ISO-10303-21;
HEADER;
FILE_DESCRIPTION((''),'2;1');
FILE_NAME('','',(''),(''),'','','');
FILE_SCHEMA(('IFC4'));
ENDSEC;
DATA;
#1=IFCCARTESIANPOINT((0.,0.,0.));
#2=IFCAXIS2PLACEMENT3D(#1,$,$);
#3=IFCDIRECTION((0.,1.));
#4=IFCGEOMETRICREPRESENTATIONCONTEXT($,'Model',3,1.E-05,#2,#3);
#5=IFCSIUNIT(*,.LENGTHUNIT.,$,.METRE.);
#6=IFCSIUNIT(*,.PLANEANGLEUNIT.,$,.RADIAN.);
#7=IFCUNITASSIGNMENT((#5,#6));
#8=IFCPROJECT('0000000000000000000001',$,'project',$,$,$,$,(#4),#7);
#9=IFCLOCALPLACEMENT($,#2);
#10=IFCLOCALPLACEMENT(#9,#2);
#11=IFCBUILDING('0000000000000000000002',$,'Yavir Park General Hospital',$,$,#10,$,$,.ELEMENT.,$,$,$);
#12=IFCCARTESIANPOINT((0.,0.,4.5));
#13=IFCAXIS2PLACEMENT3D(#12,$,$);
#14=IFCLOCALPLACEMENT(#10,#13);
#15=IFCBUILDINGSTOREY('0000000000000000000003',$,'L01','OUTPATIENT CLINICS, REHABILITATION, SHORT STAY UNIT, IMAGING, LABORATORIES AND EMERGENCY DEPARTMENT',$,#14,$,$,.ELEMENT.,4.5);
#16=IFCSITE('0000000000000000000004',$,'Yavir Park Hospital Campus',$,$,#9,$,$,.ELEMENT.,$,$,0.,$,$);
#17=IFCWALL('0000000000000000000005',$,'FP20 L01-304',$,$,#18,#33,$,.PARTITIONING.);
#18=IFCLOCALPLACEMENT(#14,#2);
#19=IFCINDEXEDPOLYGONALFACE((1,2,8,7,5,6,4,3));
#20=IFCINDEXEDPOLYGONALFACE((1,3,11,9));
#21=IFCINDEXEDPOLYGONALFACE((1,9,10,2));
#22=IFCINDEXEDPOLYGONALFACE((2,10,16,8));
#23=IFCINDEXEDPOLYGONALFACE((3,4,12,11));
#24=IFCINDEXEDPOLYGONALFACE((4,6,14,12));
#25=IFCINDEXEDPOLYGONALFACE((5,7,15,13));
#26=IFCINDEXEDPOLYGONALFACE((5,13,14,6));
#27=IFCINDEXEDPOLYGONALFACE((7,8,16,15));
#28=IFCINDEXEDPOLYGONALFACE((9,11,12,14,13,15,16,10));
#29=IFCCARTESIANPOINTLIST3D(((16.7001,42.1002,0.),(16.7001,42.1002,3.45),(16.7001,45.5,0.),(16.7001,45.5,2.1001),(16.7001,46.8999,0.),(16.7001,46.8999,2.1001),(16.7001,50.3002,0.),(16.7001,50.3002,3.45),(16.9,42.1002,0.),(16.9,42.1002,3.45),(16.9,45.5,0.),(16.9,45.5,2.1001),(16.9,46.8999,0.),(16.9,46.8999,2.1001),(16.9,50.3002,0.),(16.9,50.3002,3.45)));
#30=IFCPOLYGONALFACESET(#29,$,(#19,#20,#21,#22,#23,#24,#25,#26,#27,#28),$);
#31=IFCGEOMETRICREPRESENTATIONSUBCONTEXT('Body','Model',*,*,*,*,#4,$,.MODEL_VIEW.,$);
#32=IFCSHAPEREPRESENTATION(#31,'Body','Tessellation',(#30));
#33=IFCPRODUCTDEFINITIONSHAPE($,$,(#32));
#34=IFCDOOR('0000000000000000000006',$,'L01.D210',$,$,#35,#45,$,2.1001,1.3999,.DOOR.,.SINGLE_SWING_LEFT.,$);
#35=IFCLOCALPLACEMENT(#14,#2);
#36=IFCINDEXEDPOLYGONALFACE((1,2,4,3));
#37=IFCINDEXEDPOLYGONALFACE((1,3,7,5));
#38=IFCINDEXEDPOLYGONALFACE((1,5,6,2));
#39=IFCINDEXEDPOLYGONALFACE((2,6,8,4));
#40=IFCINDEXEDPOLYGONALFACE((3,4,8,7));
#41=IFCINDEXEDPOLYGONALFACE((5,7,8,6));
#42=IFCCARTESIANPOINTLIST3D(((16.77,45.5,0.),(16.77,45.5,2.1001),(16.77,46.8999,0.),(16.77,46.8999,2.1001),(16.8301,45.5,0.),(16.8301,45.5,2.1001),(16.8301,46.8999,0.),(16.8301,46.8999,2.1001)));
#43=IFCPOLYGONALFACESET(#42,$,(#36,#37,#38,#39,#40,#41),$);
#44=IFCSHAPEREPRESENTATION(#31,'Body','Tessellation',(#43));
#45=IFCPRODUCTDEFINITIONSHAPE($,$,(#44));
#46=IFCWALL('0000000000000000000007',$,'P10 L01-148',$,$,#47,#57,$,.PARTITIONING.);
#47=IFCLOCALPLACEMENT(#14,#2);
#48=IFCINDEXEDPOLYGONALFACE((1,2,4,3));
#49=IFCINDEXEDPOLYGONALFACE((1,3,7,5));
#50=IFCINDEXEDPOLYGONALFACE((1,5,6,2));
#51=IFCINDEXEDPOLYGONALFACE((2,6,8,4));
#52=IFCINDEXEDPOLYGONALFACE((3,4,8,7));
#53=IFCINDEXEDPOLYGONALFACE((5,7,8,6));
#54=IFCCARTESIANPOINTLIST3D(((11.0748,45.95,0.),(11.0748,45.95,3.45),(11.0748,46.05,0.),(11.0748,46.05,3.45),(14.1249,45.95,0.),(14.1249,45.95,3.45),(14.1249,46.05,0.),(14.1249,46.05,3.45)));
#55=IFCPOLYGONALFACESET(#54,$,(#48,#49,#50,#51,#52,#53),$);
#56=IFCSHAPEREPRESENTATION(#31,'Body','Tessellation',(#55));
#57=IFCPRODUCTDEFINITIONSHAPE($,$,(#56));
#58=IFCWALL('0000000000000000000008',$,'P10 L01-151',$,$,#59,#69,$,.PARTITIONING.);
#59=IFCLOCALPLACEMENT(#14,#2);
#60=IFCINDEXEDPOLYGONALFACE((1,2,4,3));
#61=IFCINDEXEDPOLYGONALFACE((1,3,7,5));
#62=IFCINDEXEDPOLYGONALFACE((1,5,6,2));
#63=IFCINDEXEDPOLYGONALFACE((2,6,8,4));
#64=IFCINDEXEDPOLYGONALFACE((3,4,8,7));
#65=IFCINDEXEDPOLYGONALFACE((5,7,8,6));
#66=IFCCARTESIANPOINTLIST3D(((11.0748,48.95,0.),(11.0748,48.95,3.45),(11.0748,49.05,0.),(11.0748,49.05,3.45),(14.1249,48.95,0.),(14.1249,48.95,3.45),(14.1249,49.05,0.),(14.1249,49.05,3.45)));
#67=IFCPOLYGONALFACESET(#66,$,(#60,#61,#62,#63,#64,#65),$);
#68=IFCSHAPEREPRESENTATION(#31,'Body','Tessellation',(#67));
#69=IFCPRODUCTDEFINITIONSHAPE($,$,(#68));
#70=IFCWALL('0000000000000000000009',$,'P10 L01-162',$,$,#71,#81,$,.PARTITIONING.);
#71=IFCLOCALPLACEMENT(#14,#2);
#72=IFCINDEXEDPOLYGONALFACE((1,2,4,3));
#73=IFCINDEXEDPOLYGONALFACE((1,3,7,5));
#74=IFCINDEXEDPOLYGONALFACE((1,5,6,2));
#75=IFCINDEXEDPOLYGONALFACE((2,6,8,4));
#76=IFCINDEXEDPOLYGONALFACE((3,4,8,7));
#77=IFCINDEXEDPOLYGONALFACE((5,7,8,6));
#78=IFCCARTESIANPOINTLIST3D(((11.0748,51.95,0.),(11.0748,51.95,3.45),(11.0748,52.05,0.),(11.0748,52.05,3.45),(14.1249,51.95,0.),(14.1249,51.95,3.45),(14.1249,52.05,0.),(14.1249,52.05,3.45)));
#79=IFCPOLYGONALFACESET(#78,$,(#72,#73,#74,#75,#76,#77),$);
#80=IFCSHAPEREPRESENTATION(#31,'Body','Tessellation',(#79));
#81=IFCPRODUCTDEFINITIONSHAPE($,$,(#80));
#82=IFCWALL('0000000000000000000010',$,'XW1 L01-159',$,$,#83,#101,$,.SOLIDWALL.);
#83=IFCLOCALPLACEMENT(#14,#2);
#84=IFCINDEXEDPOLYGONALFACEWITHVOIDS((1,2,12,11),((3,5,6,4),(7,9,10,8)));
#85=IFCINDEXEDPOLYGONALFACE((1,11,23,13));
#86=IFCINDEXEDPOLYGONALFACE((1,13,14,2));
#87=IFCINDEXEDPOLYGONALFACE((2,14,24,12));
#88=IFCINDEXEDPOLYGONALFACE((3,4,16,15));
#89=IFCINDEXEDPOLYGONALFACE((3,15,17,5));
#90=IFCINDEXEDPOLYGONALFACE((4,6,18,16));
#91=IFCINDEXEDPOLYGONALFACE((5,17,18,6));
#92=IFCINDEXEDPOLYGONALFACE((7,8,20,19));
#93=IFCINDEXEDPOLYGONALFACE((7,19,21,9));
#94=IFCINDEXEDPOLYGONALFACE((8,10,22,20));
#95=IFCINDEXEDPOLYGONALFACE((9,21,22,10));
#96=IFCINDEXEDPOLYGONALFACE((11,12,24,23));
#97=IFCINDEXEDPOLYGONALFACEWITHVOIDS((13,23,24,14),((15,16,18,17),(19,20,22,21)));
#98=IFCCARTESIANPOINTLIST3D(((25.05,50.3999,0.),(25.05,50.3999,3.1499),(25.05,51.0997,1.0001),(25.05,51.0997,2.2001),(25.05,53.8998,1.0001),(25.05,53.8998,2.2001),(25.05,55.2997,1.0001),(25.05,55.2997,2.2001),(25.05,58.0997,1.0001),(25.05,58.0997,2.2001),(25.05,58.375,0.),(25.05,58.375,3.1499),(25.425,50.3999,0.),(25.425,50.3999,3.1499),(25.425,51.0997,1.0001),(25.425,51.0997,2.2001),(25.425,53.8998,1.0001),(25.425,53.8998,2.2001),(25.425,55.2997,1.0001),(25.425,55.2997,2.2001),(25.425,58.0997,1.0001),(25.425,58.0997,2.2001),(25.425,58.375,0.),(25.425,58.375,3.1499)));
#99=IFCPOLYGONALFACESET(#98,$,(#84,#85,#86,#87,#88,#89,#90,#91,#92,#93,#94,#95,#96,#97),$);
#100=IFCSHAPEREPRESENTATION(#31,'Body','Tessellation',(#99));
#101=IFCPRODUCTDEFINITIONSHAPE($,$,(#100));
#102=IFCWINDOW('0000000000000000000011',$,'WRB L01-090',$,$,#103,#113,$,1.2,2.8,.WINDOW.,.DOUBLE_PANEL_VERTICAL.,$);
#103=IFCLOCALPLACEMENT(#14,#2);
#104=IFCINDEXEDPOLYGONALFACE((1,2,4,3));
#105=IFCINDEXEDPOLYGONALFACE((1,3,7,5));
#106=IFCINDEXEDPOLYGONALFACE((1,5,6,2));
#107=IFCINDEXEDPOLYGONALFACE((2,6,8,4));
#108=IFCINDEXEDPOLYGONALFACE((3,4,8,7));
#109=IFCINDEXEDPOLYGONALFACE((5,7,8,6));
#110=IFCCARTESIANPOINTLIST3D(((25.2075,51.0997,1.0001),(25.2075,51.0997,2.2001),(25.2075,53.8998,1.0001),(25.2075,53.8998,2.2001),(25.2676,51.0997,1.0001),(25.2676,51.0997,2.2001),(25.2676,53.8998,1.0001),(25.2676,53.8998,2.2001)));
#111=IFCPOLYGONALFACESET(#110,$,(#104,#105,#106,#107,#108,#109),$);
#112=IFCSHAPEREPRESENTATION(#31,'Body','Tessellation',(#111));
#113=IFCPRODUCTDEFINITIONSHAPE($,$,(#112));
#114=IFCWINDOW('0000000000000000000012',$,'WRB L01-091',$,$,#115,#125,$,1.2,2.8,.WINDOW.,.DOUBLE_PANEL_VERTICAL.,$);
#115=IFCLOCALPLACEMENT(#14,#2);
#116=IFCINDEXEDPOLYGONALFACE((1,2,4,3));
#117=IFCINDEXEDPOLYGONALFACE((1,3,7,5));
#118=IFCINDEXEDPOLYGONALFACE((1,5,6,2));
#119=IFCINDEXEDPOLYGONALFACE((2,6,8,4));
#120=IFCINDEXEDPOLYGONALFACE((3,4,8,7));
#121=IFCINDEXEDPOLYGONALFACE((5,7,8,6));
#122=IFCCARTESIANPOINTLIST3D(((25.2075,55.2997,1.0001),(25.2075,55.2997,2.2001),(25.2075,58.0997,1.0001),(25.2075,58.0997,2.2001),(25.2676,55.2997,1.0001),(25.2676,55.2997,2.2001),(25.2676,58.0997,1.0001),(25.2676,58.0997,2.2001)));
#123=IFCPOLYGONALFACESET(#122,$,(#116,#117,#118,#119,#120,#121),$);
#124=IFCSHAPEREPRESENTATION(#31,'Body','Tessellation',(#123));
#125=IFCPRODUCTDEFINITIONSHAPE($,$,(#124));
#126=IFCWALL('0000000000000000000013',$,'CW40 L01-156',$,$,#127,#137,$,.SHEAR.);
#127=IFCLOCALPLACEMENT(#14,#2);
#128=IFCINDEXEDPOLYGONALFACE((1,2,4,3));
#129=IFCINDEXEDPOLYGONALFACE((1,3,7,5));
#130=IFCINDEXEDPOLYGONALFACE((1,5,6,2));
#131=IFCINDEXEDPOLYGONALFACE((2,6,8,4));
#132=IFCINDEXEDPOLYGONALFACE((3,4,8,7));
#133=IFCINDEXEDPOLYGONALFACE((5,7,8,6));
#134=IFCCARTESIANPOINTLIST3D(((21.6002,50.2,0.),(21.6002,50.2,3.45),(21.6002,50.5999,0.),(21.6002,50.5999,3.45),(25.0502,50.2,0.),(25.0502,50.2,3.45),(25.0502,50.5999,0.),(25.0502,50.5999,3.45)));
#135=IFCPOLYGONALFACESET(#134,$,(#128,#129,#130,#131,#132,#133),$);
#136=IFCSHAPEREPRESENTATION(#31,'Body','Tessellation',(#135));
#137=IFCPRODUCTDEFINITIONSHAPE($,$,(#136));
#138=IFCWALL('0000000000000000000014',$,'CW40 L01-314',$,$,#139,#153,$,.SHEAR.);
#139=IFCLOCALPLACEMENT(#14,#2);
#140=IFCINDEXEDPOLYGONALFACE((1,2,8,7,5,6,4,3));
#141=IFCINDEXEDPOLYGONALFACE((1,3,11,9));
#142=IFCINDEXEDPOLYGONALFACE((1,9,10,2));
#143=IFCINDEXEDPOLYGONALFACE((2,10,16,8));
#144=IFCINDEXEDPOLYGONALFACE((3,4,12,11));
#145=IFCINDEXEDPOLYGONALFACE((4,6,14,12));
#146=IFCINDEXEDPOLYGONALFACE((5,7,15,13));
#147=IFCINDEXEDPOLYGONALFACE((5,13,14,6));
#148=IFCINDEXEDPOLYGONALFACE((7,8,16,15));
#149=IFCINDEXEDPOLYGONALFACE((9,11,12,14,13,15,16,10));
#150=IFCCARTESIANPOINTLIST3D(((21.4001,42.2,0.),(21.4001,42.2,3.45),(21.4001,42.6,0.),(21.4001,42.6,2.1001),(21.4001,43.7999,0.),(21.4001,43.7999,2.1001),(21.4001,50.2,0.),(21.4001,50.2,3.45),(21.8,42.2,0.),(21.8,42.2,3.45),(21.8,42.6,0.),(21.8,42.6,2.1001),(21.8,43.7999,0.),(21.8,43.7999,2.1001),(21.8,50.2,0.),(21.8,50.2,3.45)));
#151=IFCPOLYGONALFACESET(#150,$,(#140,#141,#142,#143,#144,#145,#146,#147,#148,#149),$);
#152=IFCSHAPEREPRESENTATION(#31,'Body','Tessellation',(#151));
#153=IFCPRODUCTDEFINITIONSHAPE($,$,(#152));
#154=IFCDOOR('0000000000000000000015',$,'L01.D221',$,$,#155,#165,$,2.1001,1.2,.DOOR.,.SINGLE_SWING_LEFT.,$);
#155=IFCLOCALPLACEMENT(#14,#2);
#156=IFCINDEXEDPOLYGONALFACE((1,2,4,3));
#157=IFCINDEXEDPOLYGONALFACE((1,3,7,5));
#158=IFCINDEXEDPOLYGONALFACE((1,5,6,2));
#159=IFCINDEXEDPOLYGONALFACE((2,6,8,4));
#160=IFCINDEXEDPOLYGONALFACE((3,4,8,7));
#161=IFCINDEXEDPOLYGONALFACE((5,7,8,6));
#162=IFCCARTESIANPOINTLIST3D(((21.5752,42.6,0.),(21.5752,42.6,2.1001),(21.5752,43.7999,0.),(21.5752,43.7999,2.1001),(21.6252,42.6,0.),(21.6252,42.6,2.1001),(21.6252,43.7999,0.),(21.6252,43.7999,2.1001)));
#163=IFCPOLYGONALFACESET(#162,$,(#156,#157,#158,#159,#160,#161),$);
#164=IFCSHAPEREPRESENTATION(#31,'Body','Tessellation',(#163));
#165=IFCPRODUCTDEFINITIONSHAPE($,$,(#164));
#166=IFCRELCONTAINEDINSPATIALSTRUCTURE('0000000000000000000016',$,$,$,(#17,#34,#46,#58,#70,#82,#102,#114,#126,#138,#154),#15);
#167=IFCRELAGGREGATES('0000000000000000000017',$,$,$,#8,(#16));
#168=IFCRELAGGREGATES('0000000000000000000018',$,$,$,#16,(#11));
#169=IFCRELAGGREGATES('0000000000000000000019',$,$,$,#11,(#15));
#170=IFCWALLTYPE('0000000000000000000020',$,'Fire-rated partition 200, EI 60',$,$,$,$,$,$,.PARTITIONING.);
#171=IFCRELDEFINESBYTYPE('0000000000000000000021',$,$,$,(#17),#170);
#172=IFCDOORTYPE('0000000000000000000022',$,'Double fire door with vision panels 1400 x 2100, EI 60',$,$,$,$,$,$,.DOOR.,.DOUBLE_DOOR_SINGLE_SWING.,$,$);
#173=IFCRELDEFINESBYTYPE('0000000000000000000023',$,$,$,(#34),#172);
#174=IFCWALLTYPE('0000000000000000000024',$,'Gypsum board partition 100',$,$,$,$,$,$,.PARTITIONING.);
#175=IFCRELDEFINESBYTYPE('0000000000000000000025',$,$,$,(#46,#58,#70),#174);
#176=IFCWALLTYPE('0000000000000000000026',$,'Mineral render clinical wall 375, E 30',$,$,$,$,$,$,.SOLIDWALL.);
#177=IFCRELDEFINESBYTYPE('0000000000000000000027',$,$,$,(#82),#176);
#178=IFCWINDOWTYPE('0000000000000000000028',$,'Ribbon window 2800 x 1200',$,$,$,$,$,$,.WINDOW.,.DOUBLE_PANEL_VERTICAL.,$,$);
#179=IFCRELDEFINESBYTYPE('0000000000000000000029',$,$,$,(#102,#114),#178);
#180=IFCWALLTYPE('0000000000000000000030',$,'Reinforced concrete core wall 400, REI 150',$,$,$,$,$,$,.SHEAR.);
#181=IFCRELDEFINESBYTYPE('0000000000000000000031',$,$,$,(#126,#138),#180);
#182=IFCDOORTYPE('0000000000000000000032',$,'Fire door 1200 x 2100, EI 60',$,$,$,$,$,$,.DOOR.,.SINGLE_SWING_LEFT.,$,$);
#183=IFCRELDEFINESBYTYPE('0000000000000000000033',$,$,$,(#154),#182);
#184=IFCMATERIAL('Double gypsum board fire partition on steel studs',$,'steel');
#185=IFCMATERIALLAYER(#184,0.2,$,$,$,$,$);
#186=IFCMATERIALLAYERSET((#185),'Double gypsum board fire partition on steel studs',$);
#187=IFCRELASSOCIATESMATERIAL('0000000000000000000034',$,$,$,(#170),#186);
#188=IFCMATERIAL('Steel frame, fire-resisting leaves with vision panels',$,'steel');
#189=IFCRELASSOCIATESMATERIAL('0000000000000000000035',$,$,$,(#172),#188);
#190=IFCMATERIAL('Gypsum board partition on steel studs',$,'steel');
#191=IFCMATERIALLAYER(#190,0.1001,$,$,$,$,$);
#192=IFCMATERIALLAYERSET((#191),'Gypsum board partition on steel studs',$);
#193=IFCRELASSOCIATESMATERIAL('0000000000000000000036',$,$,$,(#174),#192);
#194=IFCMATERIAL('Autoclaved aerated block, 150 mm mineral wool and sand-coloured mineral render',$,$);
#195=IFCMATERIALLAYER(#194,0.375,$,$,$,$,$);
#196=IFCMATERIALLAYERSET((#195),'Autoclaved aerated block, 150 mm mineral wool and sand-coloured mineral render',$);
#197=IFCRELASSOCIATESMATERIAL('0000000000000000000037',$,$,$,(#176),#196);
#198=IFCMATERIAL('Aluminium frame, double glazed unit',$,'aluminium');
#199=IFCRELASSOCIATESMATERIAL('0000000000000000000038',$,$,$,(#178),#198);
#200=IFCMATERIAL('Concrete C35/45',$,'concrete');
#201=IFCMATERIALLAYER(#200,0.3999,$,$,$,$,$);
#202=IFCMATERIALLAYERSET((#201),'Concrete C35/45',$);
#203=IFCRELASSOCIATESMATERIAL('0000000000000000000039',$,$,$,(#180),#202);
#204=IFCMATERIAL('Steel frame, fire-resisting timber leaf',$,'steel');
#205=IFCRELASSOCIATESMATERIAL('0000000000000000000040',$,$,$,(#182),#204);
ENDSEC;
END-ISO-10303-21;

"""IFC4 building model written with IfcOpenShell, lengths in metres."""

from ifc_helpers import new_model, si_unit, direction, frame, frame_2d, origin, place, context, subcontext, project, spatial, rectangle, extrude, material, layer, layer_set, type_object, element, fill, save


model = new_model("IFC4")

# Units and contexts
model_context = context("Model", 3, precision=1e-05, world=origin(), true_north=direction((0.0, 1.0)))
body_context = subcontext(model_context, "Body", "Model", "MODEL_VIEW")
ifc_project = project(units=[si_unit("LENGTHUNIT", "METRE"), si_unit("PLANEANGLEUNIT", "RADIAN")], contexts=[model_context])

# Site, building, storey
site_placement = place(None, origin())
site = spatial("IfcSite", under=ifc_project, at=site_placement, Name="Yavir Park Hospital Campus", CompositionType="ELEMENT", RefElevation=0.0)
building_placement = place(site_placement, origin())
building = spatial("IfcBuilding", under=site, at=building_placement, Name="Yavir Park General Hospital", CompositionType="ELEMENT")
storey_placement = place(building_placement, frame((0.0, 0.0, 4.5)))
storey = spatial("IfcBuildingStorey", under=building, at=storey_placement, Name="L01", Description="OUTPATIENT CLINICS, REHABILITATION, SHORT STAY UNIT, IMAGING, LABORATORIES AND EMERGENCY DEPARTMENT", CompositionType="ELEMENT", Elevation=4.5)

# Shared definitions
ifc_material_1 = material(Name="Double gypsum board fire partition on steel studs", Category="steel")
ifc_layer_1 = layer(ifc_material_1, 0.2)
ifc_layer_set_1 = layer_set([ifc_layer_1], Name="Double gypsum board fire partition on steel studs")
wall_type_1 = type_object("IfcWallType", Name="Fire-rated partition 200, EI 60", PredefinedType="PARTITIONING", material=ifc_layer_set_1)

# Wall, opening, door
wall_1_placement = place(storey_placement, frame((16.8, 42.1001, 0.0), z_axis=(0.0, 0.0, 1.0), x_axis=(0.0, 1.0, 0.0)))
wall_1 = element("IfcWall", 1, at=wall_1_placement, inside=storey, type_object=wall_type_1, Name="FP20 L01-304", PredefinedType="PARTITIONING", context=body_context, shape_type="SweptSolid", body=[
    extrude(rectangle(XDim=8.2, YDim=0.2, at=frame_2d((4.1001, 0.0))), origin(), (0.0, 0.0, 1.0), 3.45),
])
opening_1_placement = place(wall_1_placement, frame((3.3999, 0.0, 0.0)))
opening_1 = element("IfcOpeningElement", 2, at=opening_1_placement, cuts=wall_1, PredefinedType="OPENING", context=body_context, shape_type="SweptSolid", body=[
    extrude(rectangle(XDim=1.3999, YDim=2.1001, at=frame_2d((0.7, 1.05))), frame((0.0, 0.1099, 0.0), z_axis=(0.0, -1.0, 0.0), x_axis=(1.0, 0.0, 0.0)), (0.0, 0.0, 1.0), 0.22),
])
ifc_material_2 = material(Name="Steel frame, fire-resisting leaves with vision panels", Category="steel")
door_type_1 = type_object("IfcDoorType", Name="Double fire door with vision panels 1400 x 2100, EI 60", OperationType="DOUBLE_DOOR_SINGLE_SWING", PredefinedType="DOOR", material=ifc_material_2)
door_1_placement = place(opening_1_placement, origin())
door_1 = element("IfcDoor", 3, at=door_1_placement, inside=storey, type_object=door_type_1, Name="L01.D210", OperationType="SINGLE_SWING_LEFT", OverallHeight=2.1001, OverallWidth=1.3999, PredefinedType="DOOR", context=body_context, shape_type="SweptSolid", body=[
    extrude(rectangle(XDim=1.3999, YDim=2.1001, at=frame_2d((0.7, 1.05))), frame((0.0, 0.03, 0.0), z_axis=(0.0, -1.0, 0.0), x_axis=(1.0, 0.0, 0.0)), (0.0, 0.0, 1.0), 0.0601),
])
fill(opening_1, door_1)

# Walls
ifc_material_3 = material(Name="Gypsum board partition on steel studs", Category="steel")
ifc_layer_2 = layer(ifc_material_3, 0.1001)
ifc_layer_set_2 = layer_set([ifc_layer_2], Name="Gypsum board partition on steel studs")
wall_type_2 = type_object("IfcWallType", Name="Gypsum board partition 100", PredefinedType="PARTITIONING", material=ifc_layer_set_2)
for number, where, z_axis, x_axis, name in (
    (4, (11.075, 46.0, 0.0), (0.0, 0.0, 1.0), (1.0, 0.0, 0.0), "P10 L01-148"),
    (5, (11.075, 49.0, 0.0), (0.0, 0.0, 1.0), (1.0, 0.0, 0.0), "P10 L01-151"),
    (6, (11.075, 52.0, 0.0), (0.0, 0.0, 1.0), (1.0, 0.0, 0.0), "P10 L01-162"),
):
    element("IfcWall", number, at=place(storey_placement, frame(where, z_axis=z_axis, x_axis=x_axis)), inside=storey, type_object=wall_type_2, Name=name, PredefinedType="PARTITIONING", context=body_context, shape_type="SweptSolid", body=[
        extrude(rectangle(XDim=3.05, YDim=0.1001, at=frame_2d((1.5249, 0.0))), origin(), (0.0, 0.0, 1.0), 3.45),
    ])

# Wall, openings, windows
ifc_material_4 = material(Name="Autoclaved aerated block, 150 mm mineral wool and sand-coloured mineral render")
ifc_layer_3 = layer(ifc_material_4, 0.375)
ifc_layer_set_3 = layer_set([ifc_layer_3], Name="Autoclaved aerated block, 150 mm mineral wool and sand-coloured mineral render")
wall_type_3 = type_object("IfcWallType", Name="Mineral render clinical wall 375, E 30", PredefinedType="SOLIDWALL", material=ifc_layer_set_3)
wall_2_placement = place(storey_placement, frame((25.2375, 50.3999, 0.0), z_axis=(0.0, 0.0, 1.0), x_axis=(0.0, 1.0, 0.0)))
wall_2 = element("IfcWall", 7, at=wall_2_placement, inside=storey, type_object=wall_type_3, Name="XW1 L01-159", PredefinedType="SOLIDWALL", context=body_context, shape_type="SweptSolid", body=[
    extrude(rectangle(XDim=7.9751, YDim=0.375, at=frame_2d((3.9875, 0.0))), origin(), (0.0, 0.0, 1.0), 3.1499),
])
opening_2_placement = place(wall_2_placement, frame((0.7, 0.0, 1.0)))
opening_2 = element("IfcOpeningElement", 8, at=opening_2_placement, cuts=wall_2, PredefinedType="OPENING", context=body_context, shape_type="SweptSolid", body=[
    extrude(rectangle(XDim=2.8, YDim=1.2, at=frame_2d((1.3999, 0.6001))), frame((0.0, 0.1975, 0.0), z_axis=(0.0, -1.0, 0.0), x_axis=(1.0, 0.0, 0.0)), (0.0, 0.0, 1.0), 0.395),
])
opening_3_placement = place(wall_2_placement, frame((4.8999, 0.0, 1.0)))
opening_3 = element("IfcOpeningElement", 9, at=opening_3_placement, cuts=wall_2, PredefinedType="OPENING", context=body_context, shape_type="SweptSolid", body=[
    extrude(rectangle(XDim=2.8, YDim=1.2, at=frame_2d((1.3999, 0.6001))), frame((0.0, 0.1975, 0.0), z_axis=(0.0, -1.0, 0.0), x_axis=(1.0, 0.0, 0.0)), (0.0, 0.0, 1.0), 0.395),
])
ifc_material_5 = material(Name="Aluminium frame, double glazed unit", Category="aluminium")
window_type = type_object("IfcWindowType", Name="Ribbon window 2800 x 1200", PartitioningType="DOUBLE_PANEL_VERTICAL", PredefinedType="WINDOW", material=ifc_material_5)
window_1_placement = place(opening_2_placement, origin())
window_1 = element("IfcWindow", 10, at=window_1_placement, inside=storey, type_object=window_type, Name="WRB L01-090", OverallHeight=1.2, OverallWidth=2.8, PartitioningType="DOUBLE_PANEL_VERTICAL", PredefinedType="WINDOW", context=body_context, shape_type="SweptSolid", body=[
    extrude(rectangle(XDim=2.8, YDim=1.2, at=frame_2d((1.3999, 0.6001))), frame((0.0, 0.03, 0.0), z_axis=(0.0, -1.0, 0.0), x_axis=(1.0, 0.0, 0.0)), (0.0, 0.0, 1.0), 0.0601),
])
fill(opening_2, window_1)
window_2_placement = place(opening_3_placement, origin())
window_2 = element("IfcWindow", 11, at=window_2_placement, inside=storey, type_object=window_type, Name="WRB L01-091", OverallHeight=1.2, OverallWidth=2.8, PartitioningType="DOUBLE_PANEL_VERTICAL", PredefinedType="WINDOW", context=body_context, shape_type="SweptSolid", body=[
    extrude(rectangle(XDim=2.8, YDim=1.2, at=frame_2d((1.3999, 0.6001))), frame((0.0, 0.03, 0.0), z_axis=(0.0, -1.0, 0.0), x_axis=(1.0, 0.0, 0.0)), (0.0, 0.0, 1.0), 0.0601),
])
fill(opening_3, window_2)

# Wall
ifc_material_6 = material(Name="Concrete C35/45", Category="concrete")
ifc_layer_4 = layer(ifc_material_6, 0.3999)
ifc_layer_set_4 = layer_set([ifc_layer_4], Name="Concrete C35/45")
wall_type_4 = type_object("IfcWallType", Name="Reinforced concrete core wall 400, REI 150", PredefinedType="SHEAR", material=ifc_layer_set_4)
wall_3_placement = place(storey_placement, frame((21.6001, 50.3999, 0.0), z_axis=(0.0, 0.0, 1.0), x_axis=(1.0, 0.0, 0.0)))
element("IfcWall", 12, at=wall_3_placement, inside=storey, type_object=wall_type_4, Name="CW40 L01-156", PredefinedType="SHEAR", context=body_context, shape_type="SweptSolid", body=[
    extrude(rectangle(XDim=3.45, YDim=0.3999, at=frame_2d((1.7251, 0.0))), origin(), (0.0, 0.0, 1.0), 3.45),
])

# Wall, opening, door
wall_4_placement = place(storey_placement, frame((21.6001, 42.2, 0.0), z_axis=(0.0, 0.0, 1.0), x_axis=(0.0, 1.0, 0.0)))
wall_4 = element("IfcWall", 13, at=wall_4_placement, inside=storey, type_object=wall_type_4, Name="CW40 L01-314", PredefinedType="SHEAR", context=body_context, shape_type="SweptSolid", body=[
    extrude(rectangle(XDim=8.0, YDim=0.3999, at=frame_2d((4.0, 0.0))), origin(), (0.0, 0.0, 1.0), 3.45),
])
opening_4_placement = place(wall_4_placement, frame((0.3999, 0.0, 0.0)))
opening_4 = element("IfcOpeningElement", 14, at=opening_4_placement, cuts=wall_4, PredefinedType="OPENING", context=body_context, shape_type="SweptSolid", body=[
    extrude(rectangle(XDim=1.2, YDim=2.1001, at=frame_2d((0.6001, 1.05))), frame((0.0, 0.21, 0.0), z_axis=(0.0, -1.0, 0.0), x_axis=(1.0, 0.0, 0.0)), (0.0, 0.0, 1.0), 0.4199),
])
ifc_material_7 = material(Name="Steel frame, fire-resisting timber leaf", Category="steel")
door_type_2 = type_object("IfcDoorType", Name="Fire door 1200 x 2100, EI 60", OperationType="SINGLE_SWING_LEFT", PredefinedType="DOOR", material=ifc_material_7)
door_2_placement = place(opening_4_placement, origin())
door_2 = element("IfcDoor", 15, at=door_2_placement, inside=storey, type_object=door_type_2, Name="L01.D221", OperationType="SINGLE_SWING_LEFT", OverallHeight=2.1001, OverallWidth=1.2, PredefinedType="DOOR", context=body_context, shape_type="SweptSolid", body=[
    extrude(rectangle(XDim=1.2, YDim=2.1001, at=frame_2d((0.6001, 1.05))), frame((0.0, 0.0249, 0.0), z_axis=(0.0, -1.0, 0.0), x_axis=(1.0, 0.0, 0.0)), (0.0, 0.0, 1.0), 0.05),
])
fill(opening_4, door_2)

save(model, "model.ifc")
